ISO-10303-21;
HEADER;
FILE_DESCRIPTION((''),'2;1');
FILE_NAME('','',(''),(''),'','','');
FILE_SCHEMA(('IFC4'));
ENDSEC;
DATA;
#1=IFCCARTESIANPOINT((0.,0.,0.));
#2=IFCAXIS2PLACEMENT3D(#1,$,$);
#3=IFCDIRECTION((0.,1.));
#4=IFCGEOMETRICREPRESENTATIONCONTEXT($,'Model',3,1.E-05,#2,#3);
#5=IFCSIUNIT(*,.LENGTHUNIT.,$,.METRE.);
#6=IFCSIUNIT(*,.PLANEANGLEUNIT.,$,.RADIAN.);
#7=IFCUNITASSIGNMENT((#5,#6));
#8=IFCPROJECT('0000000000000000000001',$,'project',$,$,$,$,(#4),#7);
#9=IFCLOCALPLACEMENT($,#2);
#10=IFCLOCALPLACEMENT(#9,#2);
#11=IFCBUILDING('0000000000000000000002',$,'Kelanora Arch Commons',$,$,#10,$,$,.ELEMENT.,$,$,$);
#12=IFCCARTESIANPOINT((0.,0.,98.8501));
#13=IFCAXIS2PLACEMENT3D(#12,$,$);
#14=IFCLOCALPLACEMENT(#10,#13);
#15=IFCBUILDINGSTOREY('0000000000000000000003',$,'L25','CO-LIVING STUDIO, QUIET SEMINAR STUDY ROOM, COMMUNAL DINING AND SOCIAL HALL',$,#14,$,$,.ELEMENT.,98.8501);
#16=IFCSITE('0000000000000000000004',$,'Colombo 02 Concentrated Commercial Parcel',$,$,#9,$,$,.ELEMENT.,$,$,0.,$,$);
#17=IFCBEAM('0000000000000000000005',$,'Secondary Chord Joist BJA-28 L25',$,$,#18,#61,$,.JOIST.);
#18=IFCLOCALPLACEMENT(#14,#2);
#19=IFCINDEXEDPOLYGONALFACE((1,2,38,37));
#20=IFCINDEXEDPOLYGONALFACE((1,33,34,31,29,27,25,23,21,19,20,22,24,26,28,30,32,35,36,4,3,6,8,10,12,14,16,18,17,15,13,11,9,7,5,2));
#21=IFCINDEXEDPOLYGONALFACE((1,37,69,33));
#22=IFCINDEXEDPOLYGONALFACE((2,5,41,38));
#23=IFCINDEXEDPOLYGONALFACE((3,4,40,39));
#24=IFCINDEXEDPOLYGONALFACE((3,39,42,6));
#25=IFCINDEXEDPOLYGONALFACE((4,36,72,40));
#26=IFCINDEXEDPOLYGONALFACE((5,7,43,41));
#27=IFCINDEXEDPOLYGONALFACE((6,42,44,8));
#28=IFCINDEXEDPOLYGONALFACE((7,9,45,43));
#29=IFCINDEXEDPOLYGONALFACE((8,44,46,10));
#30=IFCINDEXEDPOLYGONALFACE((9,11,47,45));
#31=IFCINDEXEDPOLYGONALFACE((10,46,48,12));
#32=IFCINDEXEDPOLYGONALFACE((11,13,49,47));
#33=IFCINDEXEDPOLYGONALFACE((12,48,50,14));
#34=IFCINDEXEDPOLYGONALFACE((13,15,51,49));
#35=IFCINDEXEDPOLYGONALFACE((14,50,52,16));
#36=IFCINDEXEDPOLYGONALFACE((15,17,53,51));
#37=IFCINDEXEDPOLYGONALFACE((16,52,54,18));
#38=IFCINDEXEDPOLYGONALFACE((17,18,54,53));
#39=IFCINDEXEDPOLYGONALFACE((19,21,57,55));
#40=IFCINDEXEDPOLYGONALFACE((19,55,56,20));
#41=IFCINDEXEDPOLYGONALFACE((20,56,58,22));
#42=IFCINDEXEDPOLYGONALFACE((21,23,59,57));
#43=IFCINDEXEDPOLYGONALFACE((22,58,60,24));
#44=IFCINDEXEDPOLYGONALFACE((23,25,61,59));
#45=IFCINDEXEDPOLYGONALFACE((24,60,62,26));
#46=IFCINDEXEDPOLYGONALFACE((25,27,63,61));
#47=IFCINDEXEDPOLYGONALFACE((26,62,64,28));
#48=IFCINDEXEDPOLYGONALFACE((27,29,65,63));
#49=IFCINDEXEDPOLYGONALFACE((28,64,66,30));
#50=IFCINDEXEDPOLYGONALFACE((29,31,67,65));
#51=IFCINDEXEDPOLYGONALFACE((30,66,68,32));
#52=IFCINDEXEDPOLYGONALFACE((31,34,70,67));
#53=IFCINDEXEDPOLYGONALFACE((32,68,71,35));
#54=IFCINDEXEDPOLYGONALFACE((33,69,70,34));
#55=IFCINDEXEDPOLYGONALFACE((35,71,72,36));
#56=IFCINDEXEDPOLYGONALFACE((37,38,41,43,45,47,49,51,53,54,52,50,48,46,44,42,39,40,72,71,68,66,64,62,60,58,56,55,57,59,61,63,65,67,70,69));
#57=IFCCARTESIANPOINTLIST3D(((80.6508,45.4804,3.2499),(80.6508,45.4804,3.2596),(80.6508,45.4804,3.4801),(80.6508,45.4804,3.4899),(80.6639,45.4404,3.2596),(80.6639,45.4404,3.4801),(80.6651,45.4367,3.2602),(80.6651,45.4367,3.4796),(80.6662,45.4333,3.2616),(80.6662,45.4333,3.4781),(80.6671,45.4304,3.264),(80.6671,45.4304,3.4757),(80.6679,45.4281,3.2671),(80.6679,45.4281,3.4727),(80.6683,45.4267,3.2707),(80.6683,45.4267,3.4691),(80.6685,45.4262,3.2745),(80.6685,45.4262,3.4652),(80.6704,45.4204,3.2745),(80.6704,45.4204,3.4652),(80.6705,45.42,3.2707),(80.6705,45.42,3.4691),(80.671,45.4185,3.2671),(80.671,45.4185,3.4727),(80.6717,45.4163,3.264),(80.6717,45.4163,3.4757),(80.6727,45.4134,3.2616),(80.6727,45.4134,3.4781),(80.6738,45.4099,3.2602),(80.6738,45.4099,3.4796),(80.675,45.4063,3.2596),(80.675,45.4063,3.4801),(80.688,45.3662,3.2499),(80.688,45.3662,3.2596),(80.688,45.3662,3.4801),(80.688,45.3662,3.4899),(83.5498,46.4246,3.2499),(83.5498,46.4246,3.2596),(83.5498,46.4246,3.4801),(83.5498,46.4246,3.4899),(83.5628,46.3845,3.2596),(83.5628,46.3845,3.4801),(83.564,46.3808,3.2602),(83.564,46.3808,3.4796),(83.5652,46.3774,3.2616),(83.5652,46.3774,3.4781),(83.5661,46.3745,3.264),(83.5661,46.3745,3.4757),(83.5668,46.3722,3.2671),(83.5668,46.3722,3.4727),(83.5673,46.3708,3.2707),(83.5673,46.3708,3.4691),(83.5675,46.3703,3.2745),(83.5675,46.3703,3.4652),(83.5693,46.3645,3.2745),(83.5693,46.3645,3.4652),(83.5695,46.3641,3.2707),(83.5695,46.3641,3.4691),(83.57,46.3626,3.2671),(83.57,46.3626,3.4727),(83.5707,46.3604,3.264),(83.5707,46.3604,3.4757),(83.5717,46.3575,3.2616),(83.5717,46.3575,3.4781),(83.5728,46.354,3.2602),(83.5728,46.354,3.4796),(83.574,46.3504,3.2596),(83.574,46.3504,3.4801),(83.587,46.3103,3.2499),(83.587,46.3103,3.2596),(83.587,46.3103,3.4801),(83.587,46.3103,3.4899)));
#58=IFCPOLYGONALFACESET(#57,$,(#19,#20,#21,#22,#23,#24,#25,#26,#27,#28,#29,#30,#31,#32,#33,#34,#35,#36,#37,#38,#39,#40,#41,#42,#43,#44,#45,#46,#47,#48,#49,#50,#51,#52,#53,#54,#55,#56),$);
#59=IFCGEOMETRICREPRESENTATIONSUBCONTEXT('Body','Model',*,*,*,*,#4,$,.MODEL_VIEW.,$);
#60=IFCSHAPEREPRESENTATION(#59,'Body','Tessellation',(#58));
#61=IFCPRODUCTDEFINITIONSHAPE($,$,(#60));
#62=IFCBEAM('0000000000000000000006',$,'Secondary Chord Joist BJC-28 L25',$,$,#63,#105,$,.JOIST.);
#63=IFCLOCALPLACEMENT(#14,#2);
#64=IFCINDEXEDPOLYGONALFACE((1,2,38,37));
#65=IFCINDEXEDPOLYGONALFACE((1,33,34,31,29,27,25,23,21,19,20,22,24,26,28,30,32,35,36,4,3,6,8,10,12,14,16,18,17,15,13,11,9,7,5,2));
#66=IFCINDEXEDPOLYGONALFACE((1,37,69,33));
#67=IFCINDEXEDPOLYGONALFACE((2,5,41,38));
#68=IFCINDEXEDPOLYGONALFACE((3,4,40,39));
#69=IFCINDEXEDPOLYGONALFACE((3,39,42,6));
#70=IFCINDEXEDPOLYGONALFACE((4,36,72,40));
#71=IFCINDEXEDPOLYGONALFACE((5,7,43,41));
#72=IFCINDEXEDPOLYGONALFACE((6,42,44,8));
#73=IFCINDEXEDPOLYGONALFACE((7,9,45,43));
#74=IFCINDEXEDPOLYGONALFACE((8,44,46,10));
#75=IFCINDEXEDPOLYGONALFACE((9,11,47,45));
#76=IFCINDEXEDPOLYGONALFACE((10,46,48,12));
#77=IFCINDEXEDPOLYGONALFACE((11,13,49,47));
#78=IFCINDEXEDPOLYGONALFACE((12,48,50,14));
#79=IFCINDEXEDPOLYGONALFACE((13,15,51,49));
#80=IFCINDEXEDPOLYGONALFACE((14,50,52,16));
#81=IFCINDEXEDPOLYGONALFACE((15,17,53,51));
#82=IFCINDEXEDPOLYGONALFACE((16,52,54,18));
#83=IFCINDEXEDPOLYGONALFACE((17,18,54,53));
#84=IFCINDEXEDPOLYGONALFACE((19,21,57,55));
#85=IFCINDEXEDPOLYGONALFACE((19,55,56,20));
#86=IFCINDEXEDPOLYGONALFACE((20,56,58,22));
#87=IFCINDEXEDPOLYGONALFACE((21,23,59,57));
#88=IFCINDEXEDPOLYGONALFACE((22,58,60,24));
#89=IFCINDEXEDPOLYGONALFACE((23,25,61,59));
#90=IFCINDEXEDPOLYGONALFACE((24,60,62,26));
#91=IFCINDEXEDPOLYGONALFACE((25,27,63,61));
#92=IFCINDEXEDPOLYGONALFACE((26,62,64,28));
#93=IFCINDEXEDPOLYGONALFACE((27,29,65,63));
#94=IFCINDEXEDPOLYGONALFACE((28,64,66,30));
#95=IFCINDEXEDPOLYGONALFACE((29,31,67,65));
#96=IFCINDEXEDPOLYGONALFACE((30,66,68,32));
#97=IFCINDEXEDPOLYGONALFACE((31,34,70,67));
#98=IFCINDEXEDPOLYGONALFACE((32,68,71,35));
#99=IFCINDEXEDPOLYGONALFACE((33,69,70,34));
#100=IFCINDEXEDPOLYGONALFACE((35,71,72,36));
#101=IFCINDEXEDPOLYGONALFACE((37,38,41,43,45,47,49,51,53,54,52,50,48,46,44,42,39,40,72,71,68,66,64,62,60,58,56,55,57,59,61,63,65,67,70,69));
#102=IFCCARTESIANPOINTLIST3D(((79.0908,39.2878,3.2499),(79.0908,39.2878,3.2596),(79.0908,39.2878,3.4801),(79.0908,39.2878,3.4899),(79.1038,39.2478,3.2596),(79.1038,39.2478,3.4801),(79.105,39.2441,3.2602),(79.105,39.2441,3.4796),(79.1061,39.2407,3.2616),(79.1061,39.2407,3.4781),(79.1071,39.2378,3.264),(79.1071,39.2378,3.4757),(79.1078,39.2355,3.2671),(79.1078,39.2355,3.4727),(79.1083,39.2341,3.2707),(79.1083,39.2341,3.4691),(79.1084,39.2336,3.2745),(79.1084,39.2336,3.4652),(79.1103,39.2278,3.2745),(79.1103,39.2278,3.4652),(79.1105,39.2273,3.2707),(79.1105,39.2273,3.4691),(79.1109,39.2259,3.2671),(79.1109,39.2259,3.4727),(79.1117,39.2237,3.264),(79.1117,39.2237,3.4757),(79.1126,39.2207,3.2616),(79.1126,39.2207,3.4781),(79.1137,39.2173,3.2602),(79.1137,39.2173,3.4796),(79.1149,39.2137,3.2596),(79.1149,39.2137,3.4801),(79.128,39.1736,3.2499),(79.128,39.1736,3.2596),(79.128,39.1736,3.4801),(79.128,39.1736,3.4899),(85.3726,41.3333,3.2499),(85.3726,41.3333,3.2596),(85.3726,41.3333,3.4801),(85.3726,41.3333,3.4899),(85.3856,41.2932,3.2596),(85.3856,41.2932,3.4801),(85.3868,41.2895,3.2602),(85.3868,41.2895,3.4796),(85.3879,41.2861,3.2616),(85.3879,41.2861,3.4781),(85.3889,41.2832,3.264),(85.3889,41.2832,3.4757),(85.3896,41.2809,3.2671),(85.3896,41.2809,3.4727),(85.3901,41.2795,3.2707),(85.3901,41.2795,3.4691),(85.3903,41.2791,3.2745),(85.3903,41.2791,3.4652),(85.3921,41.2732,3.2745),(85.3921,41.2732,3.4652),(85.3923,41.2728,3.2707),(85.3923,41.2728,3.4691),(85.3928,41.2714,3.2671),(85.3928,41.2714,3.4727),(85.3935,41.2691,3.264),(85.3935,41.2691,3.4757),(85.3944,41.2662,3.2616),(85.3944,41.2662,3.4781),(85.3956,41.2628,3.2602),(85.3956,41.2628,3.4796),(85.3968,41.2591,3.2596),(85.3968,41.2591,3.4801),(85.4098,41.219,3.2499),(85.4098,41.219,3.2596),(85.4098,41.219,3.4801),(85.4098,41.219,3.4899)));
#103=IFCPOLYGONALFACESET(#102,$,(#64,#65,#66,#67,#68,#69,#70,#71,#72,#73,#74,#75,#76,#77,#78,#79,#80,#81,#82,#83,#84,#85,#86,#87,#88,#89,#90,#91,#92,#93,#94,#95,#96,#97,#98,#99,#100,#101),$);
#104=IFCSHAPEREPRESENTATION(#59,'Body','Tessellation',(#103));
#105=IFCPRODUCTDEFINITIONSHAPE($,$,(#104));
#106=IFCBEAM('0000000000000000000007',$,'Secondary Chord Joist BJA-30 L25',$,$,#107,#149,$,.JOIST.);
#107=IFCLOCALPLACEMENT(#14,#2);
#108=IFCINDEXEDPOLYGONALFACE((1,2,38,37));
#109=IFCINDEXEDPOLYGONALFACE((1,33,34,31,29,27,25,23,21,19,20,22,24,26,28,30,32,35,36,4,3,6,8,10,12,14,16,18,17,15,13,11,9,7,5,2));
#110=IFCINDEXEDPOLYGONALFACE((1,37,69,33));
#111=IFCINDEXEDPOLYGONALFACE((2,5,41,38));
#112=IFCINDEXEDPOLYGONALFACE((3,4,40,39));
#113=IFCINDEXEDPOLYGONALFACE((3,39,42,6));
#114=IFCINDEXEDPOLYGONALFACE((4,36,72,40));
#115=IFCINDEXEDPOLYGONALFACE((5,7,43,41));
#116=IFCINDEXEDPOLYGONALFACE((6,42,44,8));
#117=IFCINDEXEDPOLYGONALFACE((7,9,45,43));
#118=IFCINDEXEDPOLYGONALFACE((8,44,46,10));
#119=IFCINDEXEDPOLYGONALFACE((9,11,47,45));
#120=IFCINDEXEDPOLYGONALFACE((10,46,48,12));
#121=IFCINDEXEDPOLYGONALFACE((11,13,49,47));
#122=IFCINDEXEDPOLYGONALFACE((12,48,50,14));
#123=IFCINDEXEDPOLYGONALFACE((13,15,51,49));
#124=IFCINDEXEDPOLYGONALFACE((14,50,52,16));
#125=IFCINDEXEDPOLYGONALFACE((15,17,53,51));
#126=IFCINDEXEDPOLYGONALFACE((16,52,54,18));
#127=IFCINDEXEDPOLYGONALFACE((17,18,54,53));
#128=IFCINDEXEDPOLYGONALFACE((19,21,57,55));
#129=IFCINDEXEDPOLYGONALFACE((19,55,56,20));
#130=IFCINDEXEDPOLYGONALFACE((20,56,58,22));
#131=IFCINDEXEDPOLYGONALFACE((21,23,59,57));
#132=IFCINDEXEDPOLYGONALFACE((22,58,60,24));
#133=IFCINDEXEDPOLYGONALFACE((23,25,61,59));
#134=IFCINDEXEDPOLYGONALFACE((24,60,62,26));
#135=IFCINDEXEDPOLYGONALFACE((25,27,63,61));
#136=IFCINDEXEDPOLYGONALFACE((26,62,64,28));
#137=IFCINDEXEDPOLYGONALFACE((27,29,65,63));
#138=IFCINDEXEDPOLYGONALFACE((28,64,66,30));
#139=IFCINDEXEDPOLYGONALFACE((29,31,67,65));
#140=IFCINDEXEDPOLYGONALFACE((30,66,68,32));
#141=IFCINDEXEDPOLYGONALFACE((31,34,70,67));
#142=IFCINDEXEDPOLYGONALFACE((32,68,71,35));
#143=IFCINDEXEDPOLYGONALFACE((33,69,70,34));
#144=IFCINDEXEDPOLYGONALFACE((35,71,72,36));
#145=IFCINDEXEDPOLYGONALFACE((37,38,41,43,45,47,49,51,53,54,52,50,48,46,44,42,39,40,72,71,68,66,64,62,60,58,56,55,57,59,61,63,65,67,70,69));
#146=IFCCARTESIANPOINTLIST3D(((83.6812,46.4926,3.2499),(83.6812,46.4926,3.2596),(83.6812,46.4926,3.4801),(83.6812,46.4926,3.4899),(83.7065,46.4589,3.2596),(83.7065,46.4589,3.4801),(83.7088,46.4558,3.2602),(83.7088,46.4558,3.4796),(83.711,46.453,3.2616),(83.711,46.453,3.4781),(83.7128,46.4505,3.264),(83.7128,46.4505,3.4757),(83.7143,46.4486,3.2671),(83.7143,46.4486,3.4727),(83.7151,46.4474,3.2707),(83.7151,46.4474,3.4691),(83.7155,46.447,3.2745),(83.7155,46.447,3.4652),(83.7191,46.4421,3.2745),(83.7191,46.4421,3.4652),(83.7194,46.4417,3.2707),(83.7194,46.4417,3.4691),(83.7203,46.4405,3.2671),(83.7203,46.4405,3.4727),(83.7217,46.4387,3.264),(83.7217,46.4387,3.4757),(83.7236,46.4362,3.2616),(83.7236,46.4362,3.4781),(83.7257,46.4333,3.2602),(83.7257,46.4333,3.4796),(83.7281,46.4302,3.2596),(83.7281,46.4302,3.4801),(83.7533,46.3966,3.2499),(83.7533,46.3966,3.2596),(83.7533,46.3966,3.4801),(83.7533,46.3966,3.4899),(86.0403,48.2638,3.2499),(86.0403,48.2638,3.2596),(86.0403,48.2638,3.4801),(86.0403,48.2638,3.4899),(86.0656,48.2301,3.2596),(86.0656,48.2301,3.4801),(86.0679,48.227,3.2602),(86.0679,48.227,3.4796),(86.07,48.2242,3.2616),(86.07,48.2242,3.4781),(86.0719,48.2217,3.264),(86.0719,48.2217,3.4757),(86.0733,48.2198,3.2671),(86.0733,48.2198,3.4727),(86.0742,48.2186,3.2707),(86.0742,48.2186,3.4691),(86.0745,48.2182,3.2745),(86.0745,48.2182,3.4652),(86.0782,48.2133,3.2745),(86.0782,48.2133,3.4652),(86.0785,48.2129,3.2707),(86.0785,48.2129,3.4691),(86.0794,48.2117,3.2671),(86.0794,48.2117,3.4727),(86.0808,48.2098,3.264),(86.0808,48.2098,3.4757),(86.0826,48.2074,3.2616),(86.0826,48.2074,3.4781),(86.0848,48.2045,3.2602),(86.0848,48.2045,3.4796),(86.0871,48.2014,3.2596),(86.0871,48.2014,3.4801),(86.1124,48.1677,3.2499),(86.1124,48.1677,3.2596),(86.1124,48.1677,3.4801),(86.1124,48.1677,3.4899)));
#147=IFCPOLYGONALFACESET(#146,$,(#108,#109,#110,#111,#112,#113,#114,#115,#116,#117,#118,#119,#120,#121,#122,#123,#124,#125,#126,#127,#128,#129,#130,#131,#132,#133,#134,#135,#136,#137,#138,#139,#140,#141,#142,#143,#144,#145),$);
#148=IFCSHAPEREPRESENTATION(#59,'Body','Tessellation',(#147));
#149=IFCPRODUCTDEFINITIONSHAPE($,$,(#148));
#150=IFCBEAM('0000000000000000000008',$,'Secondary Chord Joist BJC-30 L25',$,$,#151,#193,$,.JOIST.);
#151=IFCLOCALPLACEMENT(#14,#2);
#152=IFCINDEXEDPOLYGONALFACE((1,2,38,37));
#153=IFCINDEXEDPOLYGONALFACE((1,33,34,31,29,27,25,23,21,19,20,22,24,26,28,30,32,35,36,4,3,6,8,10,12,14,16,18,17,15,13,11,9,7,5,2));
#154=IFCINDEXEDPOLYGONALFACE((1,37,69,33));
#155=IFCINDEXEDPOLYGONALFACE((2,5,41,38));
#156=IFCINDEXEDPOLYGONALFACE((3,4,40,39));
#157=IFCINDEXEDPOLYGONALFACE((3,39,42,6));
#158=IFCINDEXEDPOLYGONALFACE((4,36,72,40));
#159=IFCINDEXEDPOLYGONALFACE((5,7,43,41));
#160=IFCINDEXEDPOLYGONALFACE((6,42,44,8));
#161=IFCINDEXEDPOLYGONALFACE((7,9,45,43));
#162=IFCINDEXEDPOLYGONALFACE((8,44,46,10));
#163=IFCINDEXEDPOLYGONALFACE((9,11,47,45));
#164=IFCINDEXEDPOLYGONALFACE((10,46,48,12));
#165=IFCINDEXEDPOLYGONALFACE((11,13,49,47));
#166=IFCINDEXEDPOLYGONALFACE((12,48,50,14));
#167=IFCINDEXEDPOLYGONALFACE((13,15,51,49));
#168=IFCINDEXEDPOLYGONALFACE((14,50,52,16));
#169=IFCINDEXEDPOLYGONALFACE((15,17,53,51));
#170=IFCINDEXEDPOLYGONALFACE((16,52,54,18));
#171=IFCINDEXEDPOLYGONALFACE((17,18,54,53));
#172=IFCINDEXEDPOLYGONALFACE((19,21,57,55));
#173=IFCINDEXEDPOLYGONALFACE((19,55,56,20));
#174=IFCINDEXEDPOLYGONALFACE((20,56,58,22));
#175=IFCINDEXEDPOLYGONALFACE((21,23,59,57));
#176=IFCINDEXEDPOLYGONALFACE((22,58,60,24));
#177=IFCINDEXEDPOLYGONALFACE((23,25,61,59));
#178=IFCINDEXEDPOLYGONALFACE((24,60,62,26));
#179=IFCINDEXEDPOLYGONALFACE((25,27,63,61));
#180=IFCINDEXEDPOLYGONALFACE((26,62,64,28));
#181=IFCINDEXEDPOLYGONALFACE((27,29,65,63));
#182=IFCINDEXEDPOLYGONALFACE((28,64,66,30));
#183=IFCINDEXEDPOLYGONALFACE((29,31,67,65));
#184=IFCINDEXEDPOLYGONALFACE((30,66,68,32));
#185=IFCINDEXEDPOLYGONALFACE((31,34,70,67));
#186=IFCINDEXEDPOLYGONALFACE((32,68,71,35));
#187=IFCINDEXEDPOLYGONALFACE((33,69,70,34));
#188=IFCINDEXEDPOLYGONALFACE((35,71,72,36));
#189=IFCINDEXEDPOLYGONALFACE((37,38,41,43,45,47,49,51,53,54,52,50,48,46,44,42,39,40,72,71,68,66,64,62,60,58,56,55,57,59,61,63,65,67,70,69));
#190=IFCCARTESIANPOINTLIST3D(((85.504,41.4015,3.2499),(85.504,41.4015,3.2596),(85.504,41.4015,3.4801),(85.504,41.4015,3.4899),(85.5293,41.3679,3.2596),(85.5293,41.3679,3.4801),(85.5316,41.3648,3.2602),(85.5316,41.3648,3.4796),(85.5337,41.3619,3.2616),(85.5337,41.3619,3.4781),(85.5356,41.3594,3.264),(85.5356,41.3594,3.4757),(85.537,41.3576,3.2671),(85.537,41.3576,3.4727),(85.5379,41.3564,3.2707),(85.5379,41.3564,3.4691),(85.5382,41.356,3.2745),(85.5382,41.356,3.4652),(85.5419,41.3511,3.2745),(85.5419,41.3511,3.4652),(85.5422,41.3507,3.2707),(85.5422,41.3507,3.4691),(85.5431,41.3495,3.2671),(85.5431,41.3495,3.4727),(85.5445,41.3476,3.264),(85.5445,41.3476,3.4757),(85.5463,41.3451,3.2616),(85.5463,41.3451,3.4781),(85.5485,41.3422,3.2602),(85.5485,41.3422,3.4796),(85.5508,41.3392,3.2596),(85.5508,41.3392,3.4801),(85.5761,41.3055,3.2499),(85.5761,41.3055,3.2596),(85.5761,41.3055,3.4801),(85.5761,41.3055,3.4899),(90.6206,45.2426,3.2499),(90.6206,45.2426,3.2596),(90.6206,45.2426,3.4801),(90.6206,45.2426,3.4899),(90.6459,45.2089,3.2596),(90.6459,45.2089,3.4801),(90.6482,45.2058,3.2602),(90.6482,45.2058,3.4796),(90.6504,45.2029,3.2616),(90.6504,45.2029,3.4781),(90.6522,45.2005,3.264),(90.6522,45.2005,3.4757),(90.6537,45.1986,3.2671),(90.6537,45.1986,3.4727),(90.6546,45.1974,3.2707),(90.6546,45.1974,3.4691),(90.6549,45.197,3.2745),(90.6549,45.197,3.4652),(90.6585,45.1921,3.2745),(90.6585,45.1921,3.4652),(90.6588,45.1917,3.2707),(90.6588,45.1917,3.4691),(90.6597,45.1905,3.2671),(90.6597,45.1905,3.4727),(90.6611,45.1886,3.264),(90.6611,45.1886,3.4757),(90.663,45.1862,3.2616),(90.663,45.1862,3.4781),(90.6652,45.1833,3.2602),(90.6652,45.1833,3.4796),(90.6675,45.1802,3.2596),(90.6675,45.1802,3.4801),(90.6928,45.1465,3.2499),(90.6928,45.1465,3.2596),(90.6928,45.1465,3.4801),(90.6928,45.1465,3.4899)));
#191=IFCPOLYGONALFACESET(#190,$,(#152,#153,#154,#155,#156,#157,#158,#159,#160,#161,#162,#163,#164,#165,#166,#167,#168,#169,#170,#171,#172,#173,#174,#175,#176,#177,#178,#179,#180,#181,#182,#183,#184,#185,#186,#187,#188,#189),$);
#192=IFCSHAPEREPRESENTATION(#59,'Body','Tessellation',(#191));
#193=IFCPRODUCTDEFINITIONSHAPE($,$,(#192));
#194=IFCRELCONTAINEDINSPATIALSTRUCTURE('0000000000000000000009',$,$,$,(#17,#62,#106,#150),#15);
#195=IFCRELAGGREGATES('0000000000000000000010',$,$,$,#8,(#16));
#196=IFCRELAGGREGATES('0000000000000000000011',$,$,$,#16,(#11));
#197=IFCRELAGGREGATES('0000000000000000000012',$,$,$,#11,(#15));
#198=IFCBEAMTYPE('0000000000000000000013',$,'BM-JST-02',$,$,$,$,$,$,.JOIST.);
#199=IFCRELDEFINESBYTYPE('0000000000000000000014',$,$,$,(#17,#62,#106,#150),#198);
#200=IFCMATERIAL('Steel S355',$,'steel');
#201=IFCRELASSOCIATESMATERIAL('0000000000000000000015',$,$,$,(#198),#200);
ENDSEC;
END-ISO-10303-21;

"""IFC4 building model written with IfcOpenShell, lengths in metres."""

from ifc_helpers import new_model, si_unit, direction, frame, origin, origin_2d, place, context, subcontext, project, spatial, i_section, extrude, material, material_profile, profile_set, type_object, element, save


model = new_model("IFC4")

# Units and contexts
model_context = context("Model", 3, precision=1e-05, world=origin(), true_north=direction((0.0, 1.0)))
body_context = subcontext(model_context, "Body", "Model", "MODEL_VIEW")
ifc_project = project(units=[si_unit("LENGTHUNIT", "METRE"), si_unit("PLANEANGLEUNIT", "RADIAN")], contexts=[model_context])

# Site, building, storey
site_placement = place(None, origin())
site = spatial("IfcSite", under=ifc_project, at=site_placement, Name="Colombo 02 Concentrated Commercial Parcel", CompositionType="ELEMENT", RefElevation=0.0)
building_placement = place(site_placement, origin())
building = spatial("IfcBuilding", under=site, at=building_placement, Name="Kelanora Arch Commons", CompositionType="ELEMENT")
storey_placement = place(building_placement, frame((0.0, 0.0, 98.8501)))
storey = spatial("IfcBuildingStorey", under=building, at=storey_placement, Name="L25", Description="CO-LIVING STUDIO, QUIET SEMINAR STUDY ROOM, COMMUNAL DINING AND SOCIAL HALL", CompositionType="ELEMENT", Elevation=98.8501)

# Beams
ifc_material_1 = material(Name="Steel S355", Category="steel")
ifc_material_profile_1 = material_profile(ifc_material_1, i_section(OverallWidth=0.1201, OverallDepth=0.24, WebThickness=0.0061, FlangeThickness=0.0098, FilletRadius=0.0149, at=origin_2d()), Name="IPE240")
ifc_profile_set_1 = profile_set([ifc_material_profile_1], Name="Steel S355")
beam_type_1 = type_object("IfcBeamType", Name="BM-JST-02", PredefinedType="JOIST", material=ifc_profile_set_1)
beam_1_placement = place(storey_placement, frame((80.6694, 45.4233, 3.3699), z_axis=(0.950847, 0.309662, 0.0), x_axis=(-0.309662, 0.950847, 0.0)))
element("IfcBeam", 1, at=beam_1_placement, inside=storey, type_object=beam_type_1, Name="Secondary Chord Joist BJA-28 L25", PredefinedType="JOIST", context=body_context, shape_type="SweptSolid", body=[
    extrude(i_section(OverallWidth=0.1201, OverallDepth=0.24, WebThickness=0.0061, FlangeThickness=0.0098, FilletRadius=0.0149, at=origin_2d()), origin(), (0.0, 0.0, 1.0), 3.0488),
])
beam_2_placement = place(storey_placement, frame((79.1094, 39.2307, 3.3699), z_axis=(0.950863, 0.309612, 0.0), x_axis=(-0.309612, 0.950863, 0.0)))
element("IfcBeam", 2, at=beam_2_placement, inside=storey, type_object=beam_type_1, Name="Secondary Chord Joist BJC-28 L25", PredefinedType="JOIST", context=body_context, shape_type="SweptSolid", body=[
    extrude(i_section(OverallWidth=0.1201, OverallDepth=0.24, WebThickness=0.0061, FlangeThickness=0.0098, FilletRadius=0.0149, at=origin_2d()), origin(), (0.0, 0.0, 1.0), 6.6064),
])
beam_3_placement = place(storey_placement, frame((83.7173, 46.4446, 3.3699), z_axis=(0.799692, 0.60041, 0.0), x_axis=(-0.60041, 0.799692, 0.0)))
element("IfcBeam", 3, at=beam_3_placement, inside=storey, type_object=beam_type_1, Name="Secondary Chord Joist BJA-30 L25", PredefinedType="JOIST", context=body_context, shape_type="SweptSolid", body=[
    extrude(i_section(OverallWidth=0.1201, OverallDepth=0.24, WebThickness=0.0061, FlangeThickness=0.0098, FilletRadius=0.0149, at=origin_2d()), origin(), (0.0, 0.0, 1.0), 2.95),
])
beam_4_placement = place(storey_placement, frame((85.54, 41.3535, 3.3699), z_axis=(0.799734, 0.600354, 0.0), x_axis=(-0.600354, 0.799734, 0.0)))
element("IfcBeam", 4, at=beam_4_placement, inside=storey, type_object=beam_type_1, Name="Secondary Chord Joist BJC-30 L25", PredefinedType="JOIST", context=body_context, shape_type="SweptSolid", body=[
    extrude(i_section(OverallWidth=0.1201, OverallDepth=0.24, WebThickness=0.0061, FlangeThickness=0.0098, FilletRadius=0.0149, at=origin_2d()), origin(), (0.0, 0.0, 1.0), 6.3979),
])

save(model, "model.ifc")
